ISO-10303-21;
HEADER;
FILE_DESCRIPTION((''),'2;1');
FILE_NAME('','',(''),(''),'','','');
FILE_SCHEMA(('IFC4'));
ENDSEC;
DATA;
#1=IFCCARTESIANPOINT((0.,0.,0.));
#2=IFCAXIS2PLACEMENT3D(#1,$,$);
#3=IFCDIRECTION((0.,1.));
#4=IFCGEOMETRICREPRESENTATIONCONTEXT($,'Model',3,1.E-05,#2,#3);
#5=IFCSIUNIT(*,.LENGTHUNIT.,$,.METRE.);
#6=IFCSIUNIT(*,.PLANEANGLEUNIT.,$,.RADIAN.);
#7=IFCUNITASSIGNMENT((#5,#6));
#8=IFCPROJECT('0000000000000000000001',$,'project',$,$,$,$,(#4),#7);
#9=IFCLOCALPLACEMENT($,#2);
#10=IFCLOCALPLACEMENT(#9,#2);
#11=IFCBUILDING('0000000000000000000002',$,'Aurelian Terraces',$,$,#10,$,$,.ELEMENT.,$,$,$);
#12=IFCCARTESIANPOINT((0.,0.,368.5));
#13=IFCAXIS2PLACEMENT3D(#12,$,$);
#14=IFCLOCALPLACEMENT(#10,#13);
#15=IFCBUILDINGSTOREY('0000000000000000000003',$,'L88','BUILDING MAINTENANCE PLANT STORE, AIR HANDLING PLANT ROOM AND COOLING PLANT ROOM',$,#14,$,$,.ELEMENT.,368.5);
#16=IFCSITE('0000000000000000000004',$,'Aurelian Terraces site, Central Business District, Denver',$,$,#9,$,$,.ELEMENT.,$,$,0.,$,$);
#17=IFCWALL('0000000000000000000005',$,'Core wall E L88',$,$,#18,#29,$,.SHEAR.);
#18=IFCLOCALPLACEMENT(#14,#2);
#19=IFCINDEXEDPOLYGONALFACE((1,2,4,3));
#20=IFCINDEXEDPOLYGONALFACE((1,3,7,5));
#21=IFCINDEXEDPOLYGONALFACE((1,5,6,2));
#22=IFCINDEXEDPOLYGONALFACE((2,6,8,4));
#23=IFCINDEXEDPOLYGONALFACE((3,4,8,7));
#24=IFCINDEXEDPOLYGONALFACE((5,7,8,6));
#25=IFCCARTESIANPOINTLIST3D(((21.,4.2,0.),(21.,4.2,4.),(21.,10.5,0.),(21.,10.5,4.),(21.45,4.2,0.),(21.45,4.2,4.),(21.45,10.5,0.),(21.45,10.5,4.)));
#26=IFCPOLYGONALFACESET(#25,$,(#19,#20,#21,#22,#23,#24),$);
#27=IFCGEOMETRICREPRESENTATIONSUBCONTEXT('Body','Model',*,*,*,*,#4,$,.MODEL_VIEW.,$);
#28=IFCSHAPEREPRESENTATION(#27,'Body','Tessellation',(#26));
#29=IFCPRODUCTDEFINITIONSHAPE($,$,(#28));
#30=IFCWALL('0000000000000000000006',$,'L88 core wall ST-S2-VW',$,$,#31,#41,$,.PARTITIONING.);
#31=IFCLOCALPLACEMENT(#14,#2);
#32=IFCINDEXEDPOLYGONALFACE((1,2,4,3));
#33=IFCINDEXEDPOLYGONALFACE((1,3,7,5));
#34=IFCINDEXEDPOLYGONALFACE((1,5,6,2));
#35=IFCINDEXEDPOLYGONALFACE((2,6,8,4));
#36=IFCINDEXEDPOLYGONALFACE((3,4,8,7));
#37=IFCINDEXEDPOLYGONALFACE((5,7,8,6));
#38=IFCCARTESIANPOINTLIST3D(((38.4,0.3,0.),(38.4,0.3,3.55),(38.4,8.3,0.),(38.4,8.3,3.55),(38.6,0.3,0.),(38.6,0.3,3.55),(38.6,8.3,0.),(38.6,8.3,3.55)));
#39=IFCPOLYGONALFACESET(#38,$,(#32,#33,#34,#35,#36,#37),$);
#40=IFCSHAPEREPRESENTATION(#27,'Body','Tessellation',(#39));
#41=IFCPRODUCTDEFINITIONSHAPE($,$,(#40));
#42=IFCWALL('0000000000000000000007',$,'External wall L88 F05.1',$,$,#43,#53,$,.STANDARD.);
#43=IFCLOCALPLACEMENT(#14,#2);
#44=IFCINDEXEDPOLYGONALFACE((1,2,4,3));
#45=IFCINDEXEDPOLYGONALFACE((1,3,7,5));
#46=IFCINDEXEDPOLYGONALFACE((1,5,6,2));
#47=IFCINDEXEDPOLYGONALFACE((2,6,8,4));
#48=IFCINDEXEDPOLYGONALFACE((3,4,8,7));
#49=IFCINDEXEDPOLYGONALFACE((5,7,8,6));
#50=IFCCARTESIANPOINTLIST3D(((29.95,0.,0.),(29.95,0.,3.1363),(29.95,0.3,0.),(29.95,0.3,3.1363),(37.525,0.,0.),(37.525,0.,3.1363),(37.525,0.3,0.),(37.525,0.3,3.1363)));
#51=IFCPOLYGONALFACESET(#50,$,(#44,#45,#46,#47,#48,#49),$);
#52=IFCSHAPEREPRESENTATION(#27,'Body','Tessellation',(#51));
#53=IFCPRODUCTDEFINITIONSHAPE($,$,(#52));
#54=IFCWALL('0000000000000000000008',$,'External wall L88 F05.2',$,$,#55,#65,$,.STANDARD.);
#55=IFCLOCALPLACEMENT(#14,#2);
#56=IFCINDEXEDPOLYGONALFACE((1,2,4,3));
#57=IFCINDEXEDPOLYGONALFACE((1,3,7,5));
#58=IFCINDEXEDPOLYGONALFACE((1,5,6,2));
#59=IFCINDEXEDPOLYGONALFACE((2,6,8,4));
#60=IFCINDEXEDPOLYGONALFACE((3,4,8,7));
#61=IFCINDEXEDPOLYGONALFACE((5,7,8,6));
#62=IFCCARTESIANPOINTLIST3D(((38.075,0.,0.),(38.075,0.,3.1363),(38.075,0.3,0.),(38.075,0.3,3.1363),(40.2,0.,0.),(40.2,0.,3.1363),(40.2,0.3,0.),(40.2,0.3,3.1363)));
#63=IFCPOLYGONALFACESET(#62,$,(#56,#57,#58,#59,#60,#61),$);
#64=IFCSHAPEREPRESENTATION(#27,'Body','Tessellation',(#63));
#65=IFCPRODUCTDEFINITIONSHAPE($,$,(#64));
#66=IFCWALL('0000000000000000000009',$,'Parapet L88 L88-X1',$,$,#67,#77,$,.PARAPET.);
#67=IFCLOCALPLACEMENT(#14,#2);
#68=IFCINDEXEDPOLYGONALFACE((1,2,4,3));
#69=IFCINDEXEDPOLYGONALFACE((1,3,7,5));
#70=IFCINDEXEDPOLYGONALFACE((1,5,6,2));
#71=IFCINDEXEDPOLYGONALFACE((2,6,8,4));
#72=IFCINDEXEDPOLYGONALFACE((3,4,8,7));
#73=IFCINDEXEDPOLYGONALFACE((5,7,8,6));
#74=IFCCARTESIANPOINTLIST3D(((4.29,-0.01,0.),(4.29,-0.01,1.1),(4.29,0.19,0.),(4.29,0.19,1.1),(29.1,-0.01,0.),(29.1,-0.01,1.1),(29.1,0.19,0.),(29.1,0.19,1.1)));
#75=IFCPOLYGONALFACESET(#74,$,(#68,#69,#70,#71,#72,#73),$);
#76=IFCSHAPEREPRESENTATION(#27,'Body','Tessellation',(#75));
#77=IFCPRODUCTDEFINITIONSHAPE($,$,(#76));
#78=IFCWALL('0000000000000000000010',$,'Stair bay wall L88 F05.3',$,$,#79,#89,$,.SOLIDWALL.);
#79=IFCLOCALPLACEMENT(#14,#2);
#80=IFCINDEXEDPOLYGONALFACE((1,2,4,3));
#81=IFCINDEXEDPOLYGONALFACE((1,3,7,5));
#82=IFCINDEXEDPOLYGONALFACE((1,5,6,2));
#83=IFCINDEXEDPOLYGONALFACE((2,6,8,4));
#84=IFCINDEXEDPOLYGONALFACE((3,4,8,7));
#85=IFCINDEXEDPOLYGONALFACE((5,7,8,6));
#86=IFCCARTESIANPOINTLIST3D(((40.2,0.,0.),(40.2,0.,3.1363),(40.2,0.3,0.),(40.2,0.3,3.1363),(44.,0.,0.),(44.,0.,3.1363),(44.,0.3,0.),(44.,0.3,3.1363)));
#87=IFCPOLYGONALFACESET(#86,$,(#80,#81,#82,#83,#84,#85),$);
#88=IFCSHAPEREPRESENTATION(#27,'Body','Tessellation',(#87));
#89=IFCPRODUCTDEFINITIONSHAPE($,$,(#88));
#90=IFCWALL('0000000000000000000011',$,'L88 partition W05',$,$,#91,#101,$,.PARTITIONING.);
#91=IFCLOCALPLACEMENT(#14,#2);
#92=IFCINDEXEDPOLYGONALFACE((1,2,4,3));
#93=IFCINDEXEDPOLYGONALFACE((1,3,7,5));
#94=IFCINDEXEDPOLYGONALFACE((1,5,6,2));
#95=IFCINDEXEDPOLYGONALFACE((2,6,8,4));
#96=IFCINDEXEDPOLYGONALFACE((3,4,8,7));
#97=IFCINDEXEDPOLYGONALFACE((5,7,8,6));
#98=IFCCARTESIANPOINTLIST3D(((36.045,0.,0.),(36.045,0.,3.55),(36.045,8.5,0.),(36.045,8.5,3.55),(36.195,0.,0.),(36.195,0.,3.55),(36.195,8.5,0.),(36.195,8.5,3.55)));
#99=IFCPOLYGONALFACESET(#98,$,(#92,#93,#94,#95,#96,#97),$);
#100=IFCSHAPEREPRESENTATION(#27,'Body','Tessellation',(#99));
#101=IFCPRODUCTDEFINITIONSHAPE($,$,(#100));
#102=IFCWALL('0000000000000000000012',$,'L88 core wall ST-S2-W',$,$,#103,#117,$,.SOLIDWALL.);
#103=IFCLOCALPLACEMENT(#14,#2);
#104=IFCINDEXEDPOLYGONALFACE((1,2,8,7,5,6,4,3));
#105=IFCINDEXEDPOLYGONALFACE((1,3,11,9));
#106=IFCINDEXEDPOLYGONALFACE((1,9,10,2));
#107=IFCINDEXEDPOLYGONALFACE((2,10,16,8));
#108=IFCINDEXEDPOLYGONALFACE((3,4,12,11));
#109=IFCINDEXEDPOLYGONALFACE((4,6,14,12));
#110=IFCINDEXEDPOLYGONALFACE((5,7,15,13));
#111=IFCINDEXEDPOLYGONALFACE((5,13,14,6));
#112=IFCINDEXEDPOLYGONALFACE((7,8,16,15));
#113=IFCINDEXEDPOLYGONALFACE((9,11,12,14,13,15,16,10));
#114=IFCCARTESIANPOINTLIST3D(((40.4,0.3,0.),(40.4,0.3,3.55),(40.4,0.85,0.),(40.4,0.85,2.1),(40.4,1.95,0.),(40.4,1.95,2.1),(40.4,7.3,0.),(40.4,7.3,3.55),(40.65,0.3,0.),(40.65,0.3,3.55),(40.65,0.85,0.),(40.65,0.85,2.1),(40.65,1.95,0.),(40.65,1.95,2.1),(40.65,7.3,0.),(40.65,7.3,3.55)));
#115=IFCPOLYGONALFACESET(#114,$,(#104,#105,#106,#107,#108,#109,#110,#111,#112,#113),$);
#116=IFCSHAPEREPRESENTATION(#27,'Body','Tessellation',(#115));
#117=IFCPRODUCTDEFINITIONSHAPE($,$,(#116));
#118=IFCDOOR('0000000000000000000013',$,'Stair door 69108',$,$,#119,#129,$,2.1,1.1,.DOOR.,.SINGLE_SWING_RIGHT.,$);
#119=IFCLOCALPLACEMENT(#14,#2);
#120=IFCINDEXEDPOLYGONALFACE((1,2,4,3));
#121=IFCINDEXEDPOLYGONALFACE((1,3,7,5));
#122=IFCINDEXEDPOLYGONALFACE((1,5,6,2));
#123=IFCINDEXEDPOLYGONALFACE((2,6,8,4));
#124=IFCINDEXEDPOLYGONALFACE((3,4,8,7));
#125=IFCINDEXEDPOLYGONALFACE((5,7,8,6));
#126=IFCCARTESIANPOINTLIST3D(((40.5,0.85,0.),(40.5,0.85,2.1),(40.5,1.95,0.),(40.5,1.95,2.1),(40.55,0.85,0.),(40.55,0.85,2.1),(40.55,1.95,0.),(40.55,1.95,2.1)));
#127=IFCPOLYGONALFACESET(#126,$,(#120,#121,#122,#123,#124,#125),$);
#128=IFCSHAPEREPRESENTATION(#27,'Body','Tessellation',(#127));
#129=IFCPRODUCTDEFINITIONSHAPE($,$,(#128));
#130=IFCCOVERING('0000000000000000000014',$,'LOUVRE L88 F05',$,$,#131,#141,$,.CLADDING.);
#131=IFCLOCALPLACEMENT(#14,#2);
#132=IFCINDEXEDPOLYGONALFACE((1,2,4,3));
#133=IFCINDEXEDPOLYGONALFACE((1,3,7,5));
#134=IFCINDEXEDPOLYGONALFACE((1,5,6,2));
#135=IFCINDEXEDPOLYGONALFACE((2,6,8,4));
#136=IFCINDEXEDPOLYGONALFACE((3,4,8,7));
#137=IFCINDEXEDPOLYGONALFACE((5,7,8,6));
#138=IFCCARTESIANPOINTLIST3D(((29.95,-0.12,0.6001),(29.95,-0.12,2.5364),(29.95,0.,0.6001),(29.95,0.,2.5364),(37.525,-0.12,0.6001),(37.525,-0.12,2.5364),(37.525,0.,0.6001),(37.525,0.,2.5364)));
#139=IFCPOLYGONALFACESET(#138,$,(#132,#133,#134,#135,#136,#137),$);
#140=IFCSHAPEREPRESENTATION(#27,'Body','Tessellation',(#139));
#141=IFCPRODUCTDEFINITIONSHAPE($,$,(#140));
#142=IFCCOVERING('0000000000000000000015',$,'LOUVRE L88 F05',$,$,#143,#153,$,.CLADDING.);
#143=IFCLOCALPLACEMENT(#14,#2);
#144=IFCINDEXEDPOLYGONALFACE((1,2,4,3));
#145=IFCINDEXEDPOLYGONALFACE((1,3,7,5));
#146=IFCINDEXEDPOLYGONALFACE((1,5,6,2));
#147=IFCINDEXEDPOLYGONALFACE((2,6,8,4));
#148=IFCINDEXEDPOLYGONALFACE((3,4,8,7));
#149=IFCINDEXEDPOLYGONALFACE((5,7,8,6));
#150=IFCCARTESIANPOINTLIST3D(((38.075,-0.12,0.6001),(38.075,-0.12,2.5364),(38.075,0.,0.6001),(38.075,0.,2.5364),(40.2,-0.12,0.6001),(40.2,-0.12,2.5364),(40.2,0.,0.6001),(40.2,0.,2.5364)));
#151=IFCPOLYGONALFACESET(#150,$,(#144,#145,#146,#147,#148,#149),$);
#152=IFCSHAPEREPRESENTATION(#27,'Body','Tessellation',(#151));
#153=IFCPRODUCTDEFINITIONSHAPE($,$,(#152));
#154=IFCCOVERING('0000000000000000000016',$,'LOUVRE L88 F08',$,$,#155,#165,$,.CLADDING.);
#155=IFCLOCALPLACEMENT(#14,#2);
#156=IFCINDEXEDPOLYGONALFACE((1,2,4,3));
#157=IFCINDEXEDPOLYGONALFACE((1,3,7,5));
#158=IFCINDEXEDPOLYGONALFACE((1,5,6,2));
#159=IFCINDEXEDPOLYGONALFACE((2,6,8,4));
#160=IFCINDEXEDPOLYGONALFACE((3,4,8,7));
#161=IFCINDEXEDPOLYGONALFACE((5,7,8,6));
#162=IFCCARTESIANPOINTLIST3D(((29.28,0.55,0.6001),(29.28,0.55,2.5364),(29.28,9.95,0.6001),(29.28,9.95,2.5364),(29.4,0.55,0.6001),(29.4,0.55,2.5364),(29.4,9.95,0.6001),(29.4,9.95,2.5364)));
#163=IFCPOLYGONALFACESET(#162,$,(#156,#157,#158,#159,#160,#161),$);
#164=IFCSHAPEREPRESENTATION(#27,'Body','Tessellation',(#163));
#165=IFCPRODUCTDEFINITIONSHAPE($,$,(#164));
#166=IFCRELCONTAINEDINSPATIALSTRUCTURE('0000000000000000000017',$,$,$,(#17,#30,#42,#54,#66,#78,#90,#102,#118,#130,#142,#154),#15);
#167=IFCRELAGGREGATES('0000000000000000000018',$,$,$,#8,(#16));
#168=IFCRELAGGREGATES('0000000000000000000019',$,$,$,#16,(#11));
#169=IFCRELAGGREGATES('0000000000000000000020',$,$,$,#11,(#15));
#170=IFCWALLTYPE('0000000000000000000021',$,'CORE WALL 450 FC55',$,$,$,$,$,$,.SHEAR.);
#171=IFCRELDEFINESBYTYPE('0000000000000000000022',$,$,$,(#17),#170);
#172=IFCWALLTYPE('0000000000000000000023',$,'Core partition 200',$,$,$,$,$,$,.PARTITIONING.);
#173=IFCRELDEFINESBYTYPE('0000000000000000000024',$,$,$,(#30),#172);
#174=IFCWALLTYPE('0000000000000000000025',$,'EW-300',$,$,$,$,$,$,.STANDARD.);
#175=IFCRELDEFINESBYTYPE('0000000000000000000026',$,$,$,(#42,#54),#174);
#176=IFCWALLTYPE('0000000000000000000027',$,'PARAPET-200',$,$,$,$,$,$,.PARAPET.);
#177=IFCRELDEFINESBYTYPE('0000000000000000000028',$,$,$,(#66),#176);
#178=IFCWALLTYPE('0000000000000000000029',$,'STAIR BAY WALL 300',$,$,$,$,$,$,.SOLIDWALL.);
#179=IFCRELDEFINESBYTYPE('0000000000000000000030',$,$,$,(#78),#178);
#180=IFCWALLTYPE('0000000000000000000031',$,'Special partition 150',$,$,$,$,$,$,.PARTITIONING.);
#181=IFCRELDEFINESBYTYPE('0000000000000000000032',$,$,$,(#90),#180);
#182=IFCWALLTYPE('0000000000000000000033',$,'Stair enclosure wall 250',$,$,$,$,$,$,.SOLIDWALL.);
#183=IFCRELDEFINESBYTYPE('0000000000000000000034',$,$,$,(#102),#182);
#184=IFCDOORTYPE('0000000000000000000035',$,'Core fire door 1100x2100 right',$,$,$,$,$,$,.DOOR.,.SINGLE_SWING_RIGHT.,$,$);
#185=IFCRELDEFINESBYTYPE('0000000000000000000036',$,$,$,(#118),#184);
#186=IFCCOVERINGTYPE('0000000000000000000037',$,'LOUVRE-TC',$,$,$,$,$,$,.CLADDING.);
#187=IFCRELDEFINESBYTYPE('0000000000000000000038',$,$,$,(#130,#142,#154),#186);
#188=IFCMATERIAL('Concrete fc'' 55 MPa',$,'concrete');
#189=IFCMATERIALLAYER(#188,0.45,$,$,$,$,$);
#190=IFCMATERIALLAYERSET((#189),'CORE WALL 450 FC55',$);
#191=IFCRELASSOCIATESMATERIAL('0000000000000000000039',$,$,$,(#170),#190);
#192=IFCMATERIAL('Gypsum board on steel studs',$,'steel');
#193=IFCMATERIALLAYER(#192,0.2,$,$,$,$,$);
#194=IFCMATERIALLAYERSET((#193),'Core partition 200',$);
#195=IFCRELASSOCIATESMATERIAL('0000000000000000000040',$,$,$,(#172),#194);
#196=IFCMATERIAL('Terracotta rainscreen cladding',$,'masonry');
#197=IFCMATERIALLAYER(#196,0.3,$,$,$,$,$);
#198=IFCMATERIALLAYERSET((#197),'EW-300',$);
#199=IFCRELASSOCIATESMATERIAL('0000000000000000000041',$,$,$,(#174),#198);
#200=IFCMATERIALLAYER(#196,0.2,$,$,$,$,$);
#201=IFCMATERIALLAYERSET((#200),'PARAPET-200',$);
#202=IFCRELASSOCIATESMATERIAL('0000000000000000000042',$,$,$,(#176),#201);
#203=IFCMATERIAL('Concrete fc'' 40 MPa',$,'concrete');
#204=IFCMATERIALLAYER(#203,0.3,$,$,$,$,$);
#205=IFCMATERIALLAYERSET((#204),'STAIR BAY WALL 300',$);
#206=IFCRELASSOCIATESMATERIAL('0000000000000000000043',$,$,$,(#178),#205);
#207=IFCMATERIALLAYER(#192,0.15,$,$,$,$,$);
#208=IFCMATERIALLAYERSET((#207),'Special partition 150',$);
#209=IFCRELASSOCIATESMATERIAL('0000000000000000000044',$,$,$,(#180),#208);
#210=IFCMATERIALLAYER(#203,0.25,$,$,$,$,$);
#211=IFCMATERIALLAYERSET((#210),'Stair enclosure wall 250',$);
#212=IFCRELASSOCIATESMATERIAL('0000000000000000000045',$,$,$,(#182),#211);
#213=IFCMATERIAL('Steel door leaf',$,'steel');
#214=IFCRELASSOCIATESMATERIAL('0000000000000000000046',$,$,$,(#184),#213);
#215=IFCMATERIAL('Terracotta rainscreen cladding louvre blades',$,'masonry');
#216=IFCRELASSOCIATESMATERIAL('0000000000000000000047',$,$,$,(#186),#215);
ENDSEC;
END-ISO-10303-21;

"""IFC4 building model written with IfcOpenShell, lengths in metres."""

from ifc_helpers import new_model, si_unit, direction, frame, frame_2d, origin, origin_2d, place, context, subcontext, project, spatial, rectangle, extrude, source, transform, mapped, material, layer, layer_set, type_object, element, fill, save


model = new_model("IFC4")

# Units and contexts
model_context = context("Model", 3, precision=1e-05, world=origin(), true_north=direction((0.0, 1.0)))
body_context = subcontext(model_context, "Body", "Model", "MODEL_VIEW")
ifc_project = project(units=[si_unit("LENGTHUNIT", "METRE"), si_unit("PLANEANGLEUNIT", "RADIAN")], contexts=[model_context])

# Site, building, storey
site_placement = place(None, origin())
site = spatial("IfcSite", under=ifc_project, at=site_placement, Name="Aurelian Terraces site, Central Business District, Denver", CompositionType="ELEMENT", RefElevation=0.0)
building_placement = place(site_placement, origin())
building = spatial("IfcBuilding", under=site, at=building_placement, Name="Aurelian Terraces", CompositionType="ELEMENT")
storey_placement = place(building_placement, frame((0.0, 0.0, 368.5)))
storey = spatial("IfcBuildingStorey", under=building, at=storey_placement, Name="L88", Description="BUILDING MAINTENANCE PLANT STORE, AIR HANDLING PLANT ROOM AND COOLING PLANT ROOM", CompositionType="ELEMENT", Elevation=368.5)

# Shared definitions
ifc_material_1 = material(Name="Concrete fc' 55 MPa", Category="concrete")

# Walls
ifc_layer_1 = layer(ifc_material_1, 0.45)
ifc_layer_set_1 = layer_set([ifc_layer_1], Name="CORE WALL 450 FC55")
wall_type_1 = type_object("IfcWallType", Name="CORE WALL 450 FC55", PredefinedType="SHEAR", material=ifc_layer_set_1)
wall_1_placement = place(storey_placement, frame((21.225, 4.2, 0.0), z_axis=(0.0, 0.0, 1.0), x_axis=(0.0, 1.0, 0.0)))
element("IfcWall", 1, at=wall_1_placement, inside=storey, type_object=wall_type_1, Name="Core wall E L88", PredefinedType="SHEAR", context=body_context, shape_type="SweptSolid", body=[
    extrude(rectangle(XDim=6.3, YDim=0.45, at=frame_2d((3.15, 0.0))), origin(), (0.0, 0.0, 1.0), 4.0),
])
ifc_material_2 = material(Name="Gypsum board on steel studs", Category="steel")
ifc_layer_2 = layer(ifc_material_2, 0.2)
ifc_layer_set_2 = layer_set([ifc_layer_2], Name="Core partition 200")
wall_type_2 = type_object("IfcWallType", Name="Core partition 200", PredefinedType="PARTITIONING", material=ifc_layer_set_2)
wall_2_placement = place(storey_placement, frame((38.5, 0.3, 0.0), z_axis=(0.0, 0.0, 1.0), x_axis=(0.0, 1.0, 0.0)))
element("IfcWall", 2, at=wall_2_placement, inside=storey, type_object=wall_type_2, Name="L88 core wall ST-S2-VW", PredefinedType="PARTITIONING", context=body_context, shape_type="SweptSolid", body=[
    extrude(rectangle(XDim=8.0, YDim=0.2, at=frame_2d((4.0, 0.0))), origin(), (0.0, 0.0, 1.0), 3.55),
])
ifc_material_3 = material(Name="Terracotta rainscreen cladding", Category="masonry")
ifc_layer_3 = layer(ifc_material_3, 0.3)
ifc_layer_set_3 = layer_set([ifc_layer_3], Name="EW-300")
wall_type_3 = type_object("IfcWallType", Name="EW-300", PredefinedType="STANDARD", material=ifc_layer_set_3)
wall_3_placement = place(storey_placement, frame((29.95, 0.15, 0.0), z_axis=(0.0, 0.0, 1.0), x_axis=(1.0, 0.0, 0.0)))
element("IfcWall", 3, at=wall_3_placement, inside=storey, type_object=wall_type_3, Name="External wall L88 F05.1", PredefinedType="STANDARD", context=body_context, shape_type="SweptSolid", body=[
    extrude(rectangle(XDim=7.575, YDim=0.3, at=frame_2d((3.7875, 0.0))), origin(), (0.0, 0.0, 1.0), 3.1363),
])
wall_4_placement = place(storey_placement, frame((38.075, 0.15, 0.0), z_axis=(0.0, 0.0, 1.0), x_axis=(1.0, 0.0, 0.0)))
element("IfcWall", 4, at=wall_4_placement, inside=storey, type_object=wall_type_3, Name="External wall L88 F05.2", PredefinedType="STANDARD", context=body_context, shape_type="SweptSolid", body=[
    extrude(rectangle(XDim=2.125, YDim=0.3, at=frame_2d((1.0625, 0.0))), origin(), (0.0, 0.0, 1.0), 3.1363),
])
ifc_layer_4 = layer(ifc_material_3, 0.2)
ifc_layer_set_4 = layer_set([ifc_layer_4], Name="PARAPET-200")
wall_type_4 = type_object("IfcWallType", Name="PARAPET-200", PredefinedType="PARAPET", material=ifc_layer_set_4)
wall_5_placement = place(storey_placement, frame((29.1, 0.09, 0.0), z_axis=(0.0, 0.0, 1.0), x_axis=(-1.0, 0.0, 0.0)))
element("IfcWall", 5, at=wall_5_placement, inside=storey, type_object=wall_type_4, Name="Parapet L88 L88-X1", PredefinedType="PARAPET", context=body_context, shape_type="SweptSolid", body=[
    extrude(rectangle(XDim=24.81, YDim=0.2, at=frame_2d((12.405, 0.0))), origin(), (0.0, 0.0, 1.0), 1.1),
])
ifc_material_4 = material(Name="Concrete fc' 40 MPa", Category="concrete")
ifc_layer_5 = layer(ifc_material_4, 0.3)
ifc_layer_set_5 = layer_set([ifc_layer_5], Name="STAIR BAY WALL 300")
wall_type_5 = type_object("IfcWallType", Name="STAIR BAY WALL 300", PredefinedType="SOLIDWALL", material=ifc_layer_set_5)
wall_6_placement = place(storey_placement, frame((40.2, 0.15, 0.0), z_axis=(0.0, 0.0, 1.0), x_axis=(1.0, 0.0, 0.0)))
element("IfcWall", 6, at=wall_6_placement, inside=storey, type_object=wall_type_5, Name="Stair bay wall L88 F05.3", PredefinedType="SOLIDWALL", context=body_context, shape_type="SweptSolid", body=[
    extrude(rectangle(XDim=3.8, YDim=0.3, at=frame_2d((1.9, 0.0))), origin(), (0.0, 0.0, 1.0), 3.1363),
])
ifc_layer_6 = layer(ifc_material_2, 0.15)
ifc_layer_set_6 = layer_set([ifc_layer_6], Name="Special partition 150")
wall_type_6 = type_object("IfcWallType", Name="Special partition 150", PredefinedType="PARTITIONING", material=ifc_layer_set_6)
wall_7_placement = place(storey_placement, frame((36.12, 0.0, 0.0), z_axis=(0.0, 0.0, 1.0), x_axis=(0.0, 1.0, 0.0)))
element("IfcWall", 7, at=wall_7_placement, inside=storey, type_object=wall_type_6, Name="L88 partition W05", PredefinedType="PARTITIONING", context=body_context, shape_type="SweptSolid", body=[
    extrude(rectangle(XDim=8.5, YDim=0.15, at=frame_2d((4.25, 0.0))), origin(), (0.0, 0.0, 1.0), 3.55),
])

# Wall, opening, door
ifc_layer_7 = layer(ifc_material_4, 0.25)
ifc_layer_set_7 = layer_set([ifc_layer_7], Name="Stair enclosure wall 250")
wall_type_7 = type_object("IfcWallType", Name="Stair enclosure wall 250", PredefinedType="SOLIDWALL", material=ifc_layer_set_7)
wall_8_placement = place(storey_placement, frame((40.525, 0.3, 0.0), z_axis=(0.0, 0.0, 1.0), x_axis=(0.0, 1.0, 0.0)))
wall_8 = element("IfcWall", 8, at=wall_8_placement, inside=storey, type_object=wall_type_7, Name="L88 core wall ST-S2-W", PredefinedType="SOLIDWALL", context=body_context, shape_type="SweptSolid", body=[
    extrude(rectangle(XDim=7.0, YDim=0.25, at=frame_2d((3.5, 0.0))), origin(), (0.0, 0.0, 1.0), 3.55),
])
shared_shape_1 = source(origin(), body_context, "Body", "SweptSolid", [
    extrude(rectangle(XDim=1.1, YDim=2.1, at=frame_2d((0.55, 1.05))), frame((0.0, 0.135, 0.0), z_axis=(0.0, -1.0, 0.0), x_axis=(1.0, 0.0, 0.0)), (0.0, 0.0, 1.0), 0.27),
])
opening_placement = place(wall_8_placement, frame((0.55, 0.0, 0.0)))
opening = element("IfcOpeningElement", 9, at=opening_placement, cuts=wall_8, PredefinedType="OPENING", context=body_context, shape_type="MappedRepresentation", body=[
    mapped(shared_shape_1, transform((0.0, 0.0, 0.0), scale=1.0)),
])
ifc_material_5 = material(Name="Steel door leaf", Category="steel")
door_type = type_object("IfcDoorType", Name="Core fire door 1100x2100 right", OperationType="SINGLE_SWING_RIGHT", PredefinedType="DOOR", material=ifc_material_5)
shared_shape_2 = source(origin(), body_context, "Body", "SweptSolid", [
    extrude(rectangle(XDim=1.1, YDim=2.1, at=frame_2d((0.55, 1.05))), frame((0.0, 0.025, 0.0), z_axis=(0.0, -1.0, 0.0), x_axis=(1.0, 0.0, 0.0)), (0.0, 0.0, 1.0), 0.05),
])
door_placement = place(opening_placement, origin())
door = element("IfcDoor", 10, at=door_placement, inside=storey, type_object=door_type, Name="Stair door 69108", OperationType="SINGLE_SWING_RIGHT", OverallHeight=2.1, OverallWidth=1.1, PredefinedType="DOOR", context=body_context, shape_type="MappedRepresentation", body=[
    mapped(shared_shape_2, transform((0.0, 0.0, 0.0), scale=1.0)),
])
fill(opening, door)

# Coverings
ifc_material_6 = material(Name="Terracotta rainscreen cladding louvre blades", Category="masonry")
covering_type_1 = type_object("IfcCoveringType", Name="LOUVRE-TC", PredefinedType="CLADDING", material=ifc_material_6)
covering_1_placement = place(storey_placement, frame((33.7375, -0.06, 0.6001), z_axis=(0.0, 0.0, 1.0), x_axis=(1.0, 0.0, 0.0)))
element("IfcCovering", 11, at=covering_1_placement, inside=storey, type_object=covering_type_1, Name="LOUVRE L88 F05", PredefinedType="CLADDING", context=body_context, shape_type="SweptSolid", body=[
    extrude(rectangle(XDim=7.575, YDim=0.12, at=origin_2d()), origin(), (0.0, 0.0, 1.0), 1.9363),
])
covering_2_placement = place(storey_placement, frame((39.1375, -0.06, 0.6001), z_axis=(0.0, 0.0, 1.0), x_axis=(1.0, 0.0, 0.0)))
element("IfcCovering", 12, at=covering_2_placement, inside=storey, type_object=covering_type_1, Name="LOUVRE L88 F05", PredefinedType="CLADDING", context=body_context, shape_type="SweptSolid", body=[
    extrude(rectangle(XDim=2.125, YDim=0.12, at=origin_2d()), origin(), (0.0, 0.0, 1.0), 1.9363),
])
covering_3_placement = place(storey_placement, frame((29.34, 5.25, 0.6001), z_axis=(0.0, 0.0, 1.0), x_axis=(1.0, 0.0, 0.0)))
element("IfcCovering", 13, at=covering_3_placement, inside=storey, type_object=covering_type_1, Name="LOUVRE L88 F08", PredefinedType="CLADDING", context=body_context, shape_type="SweptSolid", body=[
    extrude(rectangle(XDim=0.12, YDim=9.4, at=origin_2d()), origin(), (0.0, 0.0, 1.0), 1.9363),
])

save(model, "model.ifc")
